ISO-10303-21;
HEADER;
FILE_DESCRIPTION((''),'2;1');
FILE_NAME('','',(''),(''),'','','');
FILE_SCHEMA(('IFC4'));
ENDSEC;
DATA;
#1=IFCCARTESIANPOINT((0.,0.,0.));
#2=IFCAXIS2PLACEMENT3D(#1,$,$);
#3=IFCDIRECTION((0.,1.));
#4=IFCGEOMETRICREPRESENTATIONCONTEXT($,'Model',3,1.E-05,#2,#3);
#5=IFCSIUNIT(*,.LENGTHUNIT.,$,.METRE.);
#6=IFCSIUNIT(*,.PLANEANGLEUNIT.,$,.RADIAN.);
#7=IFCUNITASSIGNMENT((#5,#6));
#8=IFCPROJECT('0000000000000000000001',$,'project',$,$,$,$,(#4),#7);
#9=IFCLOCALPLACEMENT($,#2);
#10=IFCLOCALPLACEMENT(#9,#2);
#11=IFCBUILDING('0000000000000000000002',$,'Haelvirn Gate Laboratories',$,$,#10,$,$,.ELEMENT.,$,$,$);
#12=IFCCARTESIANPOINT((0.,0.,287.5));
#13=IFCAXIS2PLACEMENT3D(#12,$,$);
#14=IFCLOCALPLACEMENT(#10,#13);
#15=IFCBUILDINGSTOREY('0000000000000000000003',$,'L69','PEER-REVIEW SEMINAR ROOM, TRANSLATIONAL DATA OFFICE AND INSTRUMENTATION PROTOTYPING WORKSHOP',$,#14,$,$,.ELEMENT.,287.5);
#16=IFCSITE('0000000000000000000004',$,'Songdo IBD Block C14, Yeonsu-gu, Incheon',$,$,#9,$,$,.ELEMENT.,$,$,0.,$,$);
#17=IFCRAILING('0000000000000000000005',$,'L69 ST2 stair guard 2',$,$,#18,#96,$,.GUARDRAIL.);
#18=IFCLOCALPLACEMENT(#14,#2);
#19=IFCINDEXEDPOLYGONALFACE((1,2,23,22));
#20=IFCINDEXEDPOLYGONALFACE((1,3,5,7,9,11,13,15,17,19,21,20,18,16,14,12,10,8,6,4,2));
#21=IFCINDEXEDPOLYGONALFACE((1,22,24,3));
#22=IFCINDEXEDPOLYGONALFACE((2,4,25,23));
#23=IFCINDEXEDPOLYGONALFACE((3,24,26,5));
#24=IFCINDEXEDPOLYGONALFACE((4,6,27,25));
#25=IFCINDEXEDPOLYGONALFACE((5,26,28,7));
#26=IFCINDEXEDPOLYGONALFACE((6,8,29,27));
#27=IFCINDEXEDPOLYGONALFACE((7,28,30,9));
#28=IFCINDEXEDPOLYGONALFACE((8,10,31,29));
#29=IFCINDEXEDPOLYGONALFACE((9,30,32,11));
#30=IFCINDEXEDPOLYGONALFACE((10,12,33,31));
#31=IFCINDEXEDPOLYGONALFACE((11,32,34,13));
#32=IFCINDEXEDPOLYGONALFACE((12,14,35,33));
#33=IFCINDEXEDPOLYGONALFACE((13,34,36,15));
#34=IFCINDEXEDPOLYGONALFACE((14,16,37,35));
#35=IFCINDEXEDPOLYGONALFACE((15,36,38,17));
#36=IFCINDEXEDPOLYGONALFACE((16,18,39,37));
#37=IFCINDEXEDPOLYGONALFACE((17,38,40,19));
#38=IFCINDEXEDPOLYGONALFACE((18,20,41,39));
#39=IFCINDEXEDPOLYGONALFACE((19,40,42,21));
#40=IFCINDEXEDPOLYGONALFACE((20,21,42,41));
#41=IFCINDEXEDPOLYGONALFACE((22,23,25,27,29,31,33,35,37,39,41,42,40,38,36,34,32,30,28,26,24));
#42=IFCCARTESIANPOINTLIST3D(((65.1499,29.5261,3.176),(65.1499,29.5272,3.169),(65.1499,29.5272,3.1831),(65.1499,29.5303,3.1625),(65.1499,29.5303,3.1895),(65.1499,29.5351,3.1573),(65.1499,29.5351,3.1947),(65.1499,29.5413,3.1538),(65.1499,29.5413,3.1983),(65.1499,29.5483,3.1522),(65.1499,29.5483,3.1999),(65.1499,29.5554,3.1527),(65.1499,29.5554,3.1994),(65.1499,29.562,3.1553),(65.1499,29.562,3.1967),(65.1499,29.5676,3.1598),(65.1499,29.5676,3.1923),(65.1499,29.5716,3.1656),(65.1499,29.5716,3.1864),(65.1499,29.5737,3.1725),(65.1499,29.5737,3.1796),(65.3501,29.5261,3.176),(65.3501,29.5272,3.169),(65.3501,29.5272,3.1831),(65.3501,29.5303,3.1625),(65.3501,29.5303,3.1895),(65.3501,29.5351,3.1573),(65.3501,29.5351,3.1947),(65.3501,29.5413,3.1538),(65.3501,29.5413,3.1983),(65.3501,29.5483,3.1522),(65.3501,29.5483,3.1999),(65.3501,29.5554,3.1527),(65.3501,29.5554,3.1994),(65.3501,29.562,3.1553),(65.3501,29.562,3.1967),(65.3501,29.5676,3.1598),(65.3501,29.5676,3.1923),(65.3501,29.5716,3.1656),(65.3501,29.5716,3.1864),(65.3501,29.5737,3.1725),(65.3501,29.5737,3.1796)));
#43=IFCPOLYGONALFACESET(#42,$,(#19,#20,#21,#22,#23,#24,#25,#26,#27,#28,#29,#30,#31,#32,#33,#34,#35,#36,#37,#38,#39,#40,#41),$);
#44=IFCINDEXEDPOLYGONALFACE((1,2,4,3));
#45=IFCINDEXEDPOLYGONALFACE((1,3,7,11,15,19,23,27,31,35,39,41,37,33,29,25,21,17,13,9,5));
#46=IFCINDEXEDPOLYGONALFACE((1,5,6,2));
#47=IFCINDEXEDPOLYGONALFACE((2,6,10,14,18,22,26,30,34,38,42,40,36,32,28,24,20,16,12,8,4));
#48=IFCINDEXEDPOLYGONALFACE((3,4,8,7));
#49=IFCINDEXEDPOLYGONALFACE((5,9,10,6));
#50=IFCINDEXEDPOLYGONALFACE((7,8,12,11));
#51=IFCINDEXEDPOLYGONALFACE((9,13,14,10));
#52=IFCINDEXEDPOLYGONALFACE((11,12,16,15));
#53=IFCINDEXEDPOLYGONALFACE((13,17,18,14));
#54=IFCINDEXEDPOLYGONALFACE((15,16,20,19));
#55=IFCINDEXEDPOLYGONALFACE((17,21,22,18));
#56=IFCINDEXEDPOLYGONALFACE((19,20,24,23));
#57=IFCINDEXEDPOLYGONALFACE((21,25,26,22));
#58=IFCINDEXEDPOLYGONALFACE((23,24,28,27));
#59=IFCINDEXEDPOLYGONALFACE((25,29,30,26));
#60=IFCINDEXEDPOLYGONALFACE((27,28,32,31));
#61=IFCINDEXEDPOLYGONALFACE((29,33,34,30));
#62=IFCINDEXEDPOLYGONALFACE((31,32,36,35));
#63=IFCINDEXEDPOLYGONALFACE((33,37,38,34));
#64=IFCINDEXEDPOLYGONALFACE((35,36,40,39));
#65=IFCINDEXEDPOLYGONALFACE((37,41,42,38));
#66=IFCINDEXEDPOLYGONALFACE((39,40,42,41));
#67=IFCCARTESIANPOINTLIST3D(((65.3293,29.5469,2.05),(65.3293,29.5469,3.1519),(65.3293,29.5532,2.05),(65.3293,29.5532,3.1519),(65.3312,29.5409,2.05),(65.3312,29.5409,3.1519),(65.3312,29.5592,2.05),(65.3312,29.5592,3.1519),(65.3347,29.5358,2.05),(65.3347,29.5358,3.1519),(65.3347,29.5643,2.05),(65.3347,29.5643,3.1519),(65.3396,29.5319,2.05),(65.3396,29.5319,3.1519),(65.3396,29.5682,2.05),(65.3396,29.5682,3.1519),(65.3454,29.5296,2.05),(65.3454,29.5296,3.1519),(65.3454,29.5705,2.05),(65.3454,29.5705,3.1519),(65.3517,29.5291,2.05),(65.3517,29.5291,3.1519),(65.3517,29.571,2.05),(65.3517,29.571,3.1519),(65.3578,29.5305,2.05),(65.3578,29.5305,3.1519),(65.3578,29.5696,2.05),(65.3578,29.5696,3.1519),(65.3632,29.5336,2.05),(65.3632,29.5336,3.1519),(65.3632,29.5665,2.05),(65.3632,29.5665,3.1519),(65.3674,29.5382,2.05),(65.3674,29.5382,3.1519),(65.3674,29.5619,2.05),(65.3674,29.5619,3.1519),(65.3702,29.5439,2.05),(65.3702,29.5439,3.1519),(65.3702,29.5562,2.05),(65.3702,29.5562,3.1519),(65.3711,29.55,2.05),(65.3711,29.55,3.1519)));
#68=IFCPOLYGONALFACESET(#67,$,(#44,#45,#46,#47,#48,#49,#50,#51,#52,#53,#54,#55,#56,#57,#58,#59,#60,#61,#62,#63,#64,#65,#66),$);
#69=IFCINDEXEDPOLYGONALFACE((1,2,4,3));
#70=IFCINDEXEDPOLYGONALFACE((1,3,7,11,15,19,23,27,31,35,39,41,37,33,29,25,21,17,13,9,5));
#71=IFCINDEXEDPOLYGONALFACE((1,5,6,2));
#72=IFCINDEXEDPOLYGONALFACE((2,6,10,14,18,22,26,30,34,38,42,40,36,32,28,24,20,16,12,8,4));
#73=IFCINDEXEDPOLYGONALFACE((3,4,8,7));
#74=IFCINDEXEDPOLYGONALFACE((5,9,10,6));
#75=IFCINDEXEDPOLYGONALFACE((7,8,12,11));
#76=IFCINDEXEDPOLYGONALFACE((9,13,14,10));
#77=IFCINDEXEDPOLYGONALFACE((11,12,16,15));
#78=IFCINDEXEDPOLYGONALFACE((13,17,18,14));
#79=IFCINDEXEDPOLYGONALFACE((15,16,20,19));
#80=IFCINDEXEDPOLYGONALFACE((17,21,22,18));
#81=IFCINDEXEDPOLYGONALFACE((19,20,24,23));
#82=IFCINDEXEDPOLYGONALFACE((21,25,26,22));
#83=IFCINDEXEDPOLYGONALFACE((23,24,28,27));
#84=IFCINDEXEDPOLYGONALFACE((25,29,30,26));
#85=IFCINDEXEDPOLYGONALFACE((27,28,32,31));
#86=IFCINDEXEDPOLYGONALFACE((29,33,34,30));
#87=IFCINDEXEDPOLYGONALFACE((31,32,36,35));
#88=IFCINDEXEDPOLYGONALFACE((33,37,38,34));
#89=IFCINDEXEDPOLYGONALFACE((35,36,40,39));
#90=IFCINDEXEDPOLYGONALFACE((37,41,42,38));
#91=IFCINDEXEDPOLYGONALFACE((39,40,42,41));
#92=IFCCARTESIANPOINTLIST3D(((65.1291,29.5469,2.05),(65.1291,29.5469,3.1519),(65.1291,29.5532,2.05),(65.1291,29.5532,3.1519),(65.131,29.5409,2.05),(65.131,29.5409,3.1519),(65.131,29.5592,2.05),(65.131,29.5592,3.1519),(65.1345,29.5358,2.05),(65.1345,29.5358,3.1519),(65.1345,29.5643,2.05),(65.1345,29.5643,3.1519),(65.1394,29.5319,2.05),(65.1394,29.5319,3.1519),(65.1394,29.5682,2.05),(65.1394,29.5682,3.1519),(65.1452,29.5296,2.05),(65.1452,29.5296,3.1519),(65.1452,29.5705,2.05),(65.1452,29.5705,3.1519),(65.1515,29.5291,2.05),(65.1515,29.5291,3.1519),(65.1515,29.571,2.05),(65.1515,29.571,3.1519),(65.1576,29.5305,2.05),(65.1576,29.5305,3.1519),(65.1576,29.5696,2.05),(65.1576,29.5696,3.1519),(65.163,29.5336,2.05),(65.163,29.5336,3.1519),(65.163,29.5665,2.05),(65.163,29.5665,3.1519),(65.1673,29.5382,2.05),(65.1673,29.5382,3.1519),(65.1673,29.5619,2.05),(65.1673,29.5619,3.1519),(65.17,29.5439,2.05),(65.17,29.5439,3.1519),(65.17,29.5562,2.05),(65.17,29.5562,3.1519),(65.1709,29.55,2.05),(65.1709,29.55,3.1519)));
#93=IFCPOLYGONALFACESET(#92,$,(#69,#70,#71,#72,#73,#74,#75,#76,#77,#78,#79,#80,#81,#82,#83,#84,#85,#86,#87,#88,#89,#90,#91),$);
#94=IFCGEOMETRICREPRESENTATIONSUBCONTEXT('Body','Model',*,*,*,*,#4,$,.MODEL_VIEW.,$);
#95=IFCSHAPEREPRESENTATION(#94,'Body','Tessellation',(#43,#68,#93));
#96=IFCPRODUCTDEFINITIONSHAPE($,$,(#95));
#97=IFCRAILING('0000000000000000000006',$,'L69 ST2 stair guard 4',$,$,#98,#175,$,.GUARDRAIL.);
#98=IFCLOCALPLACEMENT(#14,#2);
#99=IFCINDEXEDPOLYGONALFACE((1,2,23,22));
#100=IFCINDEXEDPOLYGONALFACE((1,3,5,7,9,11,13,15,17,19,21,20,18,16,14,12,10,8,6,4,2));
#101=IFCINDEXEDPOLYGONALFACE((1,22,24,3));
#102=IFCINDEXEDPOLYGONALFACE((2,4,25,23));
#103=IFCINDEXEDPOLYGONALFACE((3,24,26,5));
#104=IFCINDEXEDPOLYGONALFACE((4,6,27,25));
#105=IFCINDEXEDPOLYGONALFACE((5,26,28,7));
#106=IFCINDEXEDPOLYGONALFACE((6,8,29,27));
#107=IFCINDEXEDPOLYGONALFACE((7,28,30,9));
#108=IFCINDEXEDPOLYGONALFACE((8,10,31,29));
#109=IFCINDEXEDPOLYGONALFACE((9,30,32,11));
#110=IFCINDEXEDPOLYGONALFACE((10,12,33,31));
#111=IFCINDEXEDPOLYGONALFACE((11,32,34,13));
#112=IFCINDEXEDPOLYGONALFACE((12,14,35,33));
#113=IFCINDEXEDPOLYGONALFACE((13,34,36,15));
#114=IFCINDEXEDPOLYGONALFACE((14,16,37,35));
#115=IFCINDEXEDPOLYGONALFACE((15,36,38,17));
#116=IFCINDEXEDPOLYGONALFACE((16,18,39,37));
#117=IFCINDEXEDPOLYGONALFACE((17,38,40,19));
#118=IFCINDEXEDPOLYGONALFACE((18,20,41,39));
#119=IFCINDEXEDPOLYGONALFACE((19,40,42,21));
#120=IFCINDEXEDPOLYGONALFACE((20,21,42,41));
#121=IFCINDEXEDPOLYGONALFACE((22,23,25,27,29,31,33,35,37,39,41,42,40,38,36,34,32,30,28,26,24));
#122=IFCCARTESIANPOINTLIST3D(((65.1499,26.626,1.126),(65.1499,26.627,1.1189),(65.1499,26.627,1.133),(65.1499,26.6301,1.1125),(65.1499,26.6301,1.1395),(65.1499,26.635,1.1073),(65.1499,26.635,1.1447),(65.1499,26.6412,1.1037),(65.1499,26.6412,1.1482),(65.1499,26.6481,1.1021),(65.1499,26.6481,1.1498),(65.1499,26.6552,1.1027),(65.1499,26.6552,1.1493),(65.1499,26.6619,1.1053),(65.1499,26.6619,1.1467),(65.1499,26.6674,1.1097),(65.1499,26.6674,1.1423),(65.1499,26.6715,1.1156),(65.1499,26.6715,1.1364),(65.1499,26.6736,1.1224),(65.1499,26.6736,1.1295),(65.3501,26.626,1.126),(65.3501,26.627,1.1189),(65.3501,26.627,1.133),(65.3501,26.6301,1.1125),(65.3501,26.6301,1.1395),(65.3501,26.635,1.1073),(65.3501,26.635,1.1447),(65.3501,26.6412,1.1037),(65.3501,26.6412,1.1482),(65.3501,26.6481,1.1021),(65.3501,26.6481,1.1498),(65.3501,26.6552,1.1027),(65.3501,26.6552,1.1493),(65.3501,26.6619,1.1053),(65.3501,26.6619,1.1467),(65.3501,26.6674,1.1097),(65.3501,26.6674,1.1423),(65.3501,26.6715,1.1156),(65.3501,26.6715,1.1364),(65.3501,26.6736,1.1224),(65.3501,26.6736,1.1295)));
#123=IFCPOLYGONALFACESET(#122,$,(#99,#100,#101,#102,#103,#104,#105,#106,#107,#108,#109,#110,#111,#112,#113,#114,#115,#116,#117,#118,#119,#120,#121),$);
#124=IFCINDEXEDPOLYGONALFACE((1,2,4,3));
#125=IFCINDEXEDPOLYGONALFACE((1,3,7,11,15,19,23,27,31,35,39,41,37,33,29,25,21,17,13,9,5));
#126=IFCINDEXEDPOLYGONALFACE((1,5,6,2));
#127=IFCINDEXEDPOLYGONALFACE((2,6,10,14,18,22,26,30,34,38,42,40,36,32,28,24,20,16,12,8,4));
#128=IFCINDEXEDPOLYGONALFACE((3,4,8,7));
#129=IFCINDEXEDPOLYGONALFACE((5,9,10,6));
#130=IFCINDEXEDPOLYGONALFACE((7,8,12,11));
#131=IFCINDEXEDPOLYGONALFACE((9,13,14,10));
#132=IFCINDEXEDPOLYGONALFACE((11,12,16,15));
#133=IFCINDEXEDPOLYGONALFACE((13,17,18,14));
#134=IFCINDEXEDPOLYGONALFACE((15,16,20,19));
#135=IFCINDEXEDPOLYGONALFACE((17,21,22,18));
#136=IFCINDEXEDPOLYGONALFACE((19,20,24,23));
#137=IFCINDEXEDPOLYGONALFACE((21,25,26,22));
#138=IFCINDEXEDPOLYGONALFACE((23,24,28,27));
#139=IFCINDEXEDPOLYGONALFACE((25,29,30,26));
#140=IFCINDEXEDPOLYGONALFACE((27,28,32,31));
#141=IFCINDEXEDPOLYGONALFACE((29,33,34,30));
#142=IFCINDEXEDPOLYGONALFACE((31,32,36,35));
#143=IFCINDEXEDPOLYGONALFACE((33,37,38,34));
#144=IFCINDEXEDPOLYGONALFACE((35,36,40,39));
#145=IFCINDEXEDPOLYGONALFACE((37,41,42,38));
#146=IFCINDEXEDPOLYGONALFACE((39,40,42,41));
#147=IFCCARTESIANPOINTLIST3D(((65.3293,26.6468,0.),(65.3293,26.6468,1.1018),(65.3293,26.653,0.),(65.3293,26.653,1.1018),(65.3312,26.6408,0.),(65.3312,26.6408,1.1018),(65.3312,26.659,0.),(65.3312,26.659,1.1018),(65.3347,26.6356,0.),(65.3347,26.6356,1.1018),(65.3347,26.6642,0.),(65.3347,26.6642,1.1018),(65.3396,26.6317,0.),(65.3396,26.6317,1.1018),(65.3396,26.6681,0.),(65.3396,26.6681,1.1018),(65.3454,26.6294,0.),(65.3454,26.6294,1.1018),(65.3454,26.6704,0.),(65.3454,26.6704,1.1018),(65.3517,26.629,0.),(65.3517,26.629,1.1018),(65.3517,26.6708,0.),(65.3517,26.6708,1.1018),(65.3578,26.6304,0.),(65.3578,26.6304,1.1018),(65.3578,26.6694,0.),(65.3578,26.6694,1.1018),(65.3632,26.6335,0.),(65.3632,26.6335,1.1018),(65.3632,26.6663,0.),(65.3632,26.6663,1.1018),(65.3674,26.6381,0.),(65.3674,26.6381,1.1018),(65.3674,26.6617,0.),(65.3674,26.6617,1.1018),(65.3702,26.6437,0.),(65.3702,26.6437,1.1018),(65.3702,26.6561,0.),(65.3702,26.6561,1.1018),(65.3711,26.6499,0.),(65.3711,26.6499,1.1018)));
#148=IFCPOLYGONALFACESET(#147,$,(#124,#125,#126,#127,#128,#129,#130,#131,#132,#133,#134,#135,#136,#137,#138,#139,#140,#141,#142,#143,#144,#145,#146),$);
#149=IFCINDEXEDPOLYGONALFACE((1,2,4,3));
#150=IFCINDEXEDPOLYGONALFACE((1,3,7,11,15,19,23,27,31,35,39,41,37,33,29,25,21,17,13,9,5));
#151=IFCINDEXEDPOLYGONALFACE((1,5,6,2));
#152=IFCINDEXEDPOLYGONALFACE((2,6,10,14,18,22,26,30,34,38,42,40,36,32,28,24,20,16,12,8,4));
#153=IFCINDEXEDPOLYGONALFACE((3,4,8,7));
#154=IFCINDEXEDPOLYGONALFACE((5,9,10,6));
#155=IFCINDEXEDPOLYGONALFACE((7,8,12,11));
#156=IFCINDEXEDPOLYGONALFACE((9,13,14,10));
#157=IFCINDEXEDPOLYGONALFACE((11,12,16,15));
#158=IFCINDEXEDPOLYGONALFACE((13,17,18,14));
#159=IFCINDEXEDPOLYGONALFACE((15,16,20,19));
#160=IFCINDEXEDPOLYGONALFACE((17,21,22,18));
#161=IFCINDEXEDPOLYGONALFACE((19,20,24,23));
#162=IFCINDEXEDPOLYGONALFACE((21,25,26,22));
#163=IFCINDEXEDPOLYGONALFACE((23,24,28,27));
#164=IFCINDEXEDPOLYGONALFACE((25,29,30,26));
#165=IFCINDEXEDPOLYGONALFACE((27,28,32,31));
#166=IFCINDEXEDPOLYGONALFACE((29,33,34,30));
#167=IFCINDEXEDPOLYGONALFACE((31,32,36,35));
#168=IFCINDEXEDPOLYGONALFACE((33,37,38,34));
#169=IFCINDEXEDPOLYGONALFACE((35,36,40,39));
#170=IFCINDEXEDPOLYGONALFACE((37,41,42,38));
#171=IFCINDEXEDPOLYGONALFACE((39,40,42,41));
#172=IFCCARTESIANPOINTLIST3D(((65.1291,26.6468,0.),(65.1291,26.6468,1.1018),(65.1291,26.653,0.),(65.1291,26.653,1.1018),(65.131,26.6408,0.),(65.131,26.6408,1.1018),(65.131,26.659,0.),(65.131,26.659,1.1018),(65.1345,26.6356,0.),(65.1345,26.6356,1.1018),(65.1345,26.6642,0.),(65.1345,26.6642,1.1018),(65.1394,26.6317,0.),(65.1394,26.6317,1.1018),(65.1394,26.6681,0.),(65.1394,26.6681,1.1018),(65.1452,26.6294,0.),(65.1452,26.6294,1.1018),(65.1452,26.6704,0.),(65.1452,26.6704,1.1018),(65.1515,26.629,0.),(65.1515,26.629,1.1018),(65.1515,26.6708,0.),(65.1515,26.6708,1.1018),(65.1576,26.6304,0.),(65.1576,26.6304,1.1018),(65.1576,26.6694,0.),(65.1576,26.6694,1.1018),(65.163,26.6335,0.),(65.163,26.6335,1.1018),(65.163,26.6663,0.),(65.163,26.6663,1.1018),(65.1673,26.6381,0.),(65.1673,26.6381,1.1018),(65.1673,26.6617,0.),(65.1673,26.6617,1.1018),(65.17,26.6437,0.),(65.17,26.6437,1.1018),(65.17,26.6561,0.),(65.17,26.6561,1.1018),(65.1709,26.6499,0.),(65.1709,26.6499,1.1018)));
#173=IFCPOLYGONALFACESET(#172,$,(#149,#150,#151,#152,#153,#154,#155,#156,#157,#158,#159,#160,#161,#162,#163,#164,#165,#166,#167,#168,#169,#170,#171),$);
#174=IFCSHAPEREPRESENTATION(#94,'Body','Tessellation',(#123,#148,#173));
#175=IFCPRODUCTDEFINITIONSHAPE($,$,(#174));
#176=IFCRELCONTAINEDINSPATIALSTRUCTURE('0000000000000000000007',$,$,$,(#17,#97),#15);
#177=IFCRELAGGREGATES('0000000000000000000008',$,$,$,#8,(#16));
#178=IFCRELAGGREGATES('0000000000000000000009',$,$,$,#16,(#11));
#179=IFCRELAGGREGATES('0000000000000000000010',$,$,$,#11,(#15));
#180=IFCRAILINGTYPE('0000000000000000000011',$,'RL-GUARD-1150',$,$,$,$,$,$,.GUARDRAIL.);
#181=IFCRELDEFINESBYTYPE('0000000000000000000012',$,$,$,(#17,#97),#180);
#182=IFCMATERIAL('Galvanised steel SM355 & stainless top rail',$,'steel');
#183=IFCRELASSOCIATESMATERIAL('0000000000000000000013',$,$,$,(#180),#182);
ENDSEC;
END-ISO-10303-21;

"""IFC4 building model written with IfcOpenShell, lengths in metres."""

from ifc_helpers import new_model, si_unit, direction, frame, origin, origin_2d, place, context, subcontext, project, spatial, circle, extrude, source, transform, mapped, material, type_object, element, save


model = new_model("IFC4")

# Units and contexts
model_context = context("Model", 3, precision=1e-05, world=origin(), true_north=direction((0.0, 1.0)))
body_context = subcontext(model_context, "Body", "Model", "MODEL_VIEW")
ifc_project = project(units=[si_unit("LENGTHUNIT", "METRE"), si_unit("PLANEANGLEUNIT", "RADIAN")], contexts=[model_context])

# Site, building, storey
site_placement = place(None, origin())
site = spatial("IfcSite", under=ifc_project, at=site_placement, Name="Songdo IBD Block C14, Yeonsu-gu, Incheon", CompositionType="ELEMENT", RefElevation=0.0)
building_placement = place(site_placement, origin())
building = spatial("IfcBuilding", under=site, at=building_placement, Name="Haelvirn Gate Laboratories", CompositionType="ELEMENT")
storey_placement = place(building_placement, frame((0.0, 0.0, 287.5)))
storey = spatial("IfcBuildingStorey", under=building, at=storey_placement, Name="L69", Description="PEER-REVIEW SEMINAR ROOM, TRANSLATIONAL DATA OFFICE AND INSTRUMENTATION PROTOTYPING WORKSHOP", CompositionType="ELEMENT", Elevation=287.5)

# Railings
ifc_material_1 = material(Name="Galvanised steel SM355 & stainless top rail", Category="steel")
railing_type_1 = type_object("IfcRailingType", Name="RL-GUARD-1150", PredefinedType="GUARDRAIL", material=ifc_material_1)
shared_shape_1 = source(origin(), body_context, "Body", "SweptSolid", [
    extrude(circle(Radius=0.0239, at=origin_2d()), frame((0.0, 0.0, 1.126), z_axis=(-1.0, 0.0, 0.0), x_axis=(0.0, -1.0, 0.0)), (0.0, 0.0, 1.0), 0.2002),
    extrude(circle(Radius=0.021, at=origin_2d()), origin(), (0.0, 0.0, 1.0), 1.1018),
    extrude(circle(Radius=0.021, at=origin_2d()), frame((-0.2002, 0.0, 0.0)), (0.0, 0.0, 1.0), 1.1018),
])
for number, where, name in (
    (1, (65.3501, 29.55, 2.05), "L69 ST2 stair guard 2"),
    (2, (65.3501, 26.6499, 0.0), "L69 ST2 stair guard 4"),
):
    element("IfcRailing", number, at=place(storey_placement, frame(where)), inside=storey, type_object=railing_type_1, Name=name, PredefinedType="GUARDRAIL", context=body_context, shape_type="MappedRepresentation", body=[
        mapped(shared_shape_1, transform((0.0, 0.0, 0.0), scale=1.0)),
    ])

save(model, "model.ifc")
